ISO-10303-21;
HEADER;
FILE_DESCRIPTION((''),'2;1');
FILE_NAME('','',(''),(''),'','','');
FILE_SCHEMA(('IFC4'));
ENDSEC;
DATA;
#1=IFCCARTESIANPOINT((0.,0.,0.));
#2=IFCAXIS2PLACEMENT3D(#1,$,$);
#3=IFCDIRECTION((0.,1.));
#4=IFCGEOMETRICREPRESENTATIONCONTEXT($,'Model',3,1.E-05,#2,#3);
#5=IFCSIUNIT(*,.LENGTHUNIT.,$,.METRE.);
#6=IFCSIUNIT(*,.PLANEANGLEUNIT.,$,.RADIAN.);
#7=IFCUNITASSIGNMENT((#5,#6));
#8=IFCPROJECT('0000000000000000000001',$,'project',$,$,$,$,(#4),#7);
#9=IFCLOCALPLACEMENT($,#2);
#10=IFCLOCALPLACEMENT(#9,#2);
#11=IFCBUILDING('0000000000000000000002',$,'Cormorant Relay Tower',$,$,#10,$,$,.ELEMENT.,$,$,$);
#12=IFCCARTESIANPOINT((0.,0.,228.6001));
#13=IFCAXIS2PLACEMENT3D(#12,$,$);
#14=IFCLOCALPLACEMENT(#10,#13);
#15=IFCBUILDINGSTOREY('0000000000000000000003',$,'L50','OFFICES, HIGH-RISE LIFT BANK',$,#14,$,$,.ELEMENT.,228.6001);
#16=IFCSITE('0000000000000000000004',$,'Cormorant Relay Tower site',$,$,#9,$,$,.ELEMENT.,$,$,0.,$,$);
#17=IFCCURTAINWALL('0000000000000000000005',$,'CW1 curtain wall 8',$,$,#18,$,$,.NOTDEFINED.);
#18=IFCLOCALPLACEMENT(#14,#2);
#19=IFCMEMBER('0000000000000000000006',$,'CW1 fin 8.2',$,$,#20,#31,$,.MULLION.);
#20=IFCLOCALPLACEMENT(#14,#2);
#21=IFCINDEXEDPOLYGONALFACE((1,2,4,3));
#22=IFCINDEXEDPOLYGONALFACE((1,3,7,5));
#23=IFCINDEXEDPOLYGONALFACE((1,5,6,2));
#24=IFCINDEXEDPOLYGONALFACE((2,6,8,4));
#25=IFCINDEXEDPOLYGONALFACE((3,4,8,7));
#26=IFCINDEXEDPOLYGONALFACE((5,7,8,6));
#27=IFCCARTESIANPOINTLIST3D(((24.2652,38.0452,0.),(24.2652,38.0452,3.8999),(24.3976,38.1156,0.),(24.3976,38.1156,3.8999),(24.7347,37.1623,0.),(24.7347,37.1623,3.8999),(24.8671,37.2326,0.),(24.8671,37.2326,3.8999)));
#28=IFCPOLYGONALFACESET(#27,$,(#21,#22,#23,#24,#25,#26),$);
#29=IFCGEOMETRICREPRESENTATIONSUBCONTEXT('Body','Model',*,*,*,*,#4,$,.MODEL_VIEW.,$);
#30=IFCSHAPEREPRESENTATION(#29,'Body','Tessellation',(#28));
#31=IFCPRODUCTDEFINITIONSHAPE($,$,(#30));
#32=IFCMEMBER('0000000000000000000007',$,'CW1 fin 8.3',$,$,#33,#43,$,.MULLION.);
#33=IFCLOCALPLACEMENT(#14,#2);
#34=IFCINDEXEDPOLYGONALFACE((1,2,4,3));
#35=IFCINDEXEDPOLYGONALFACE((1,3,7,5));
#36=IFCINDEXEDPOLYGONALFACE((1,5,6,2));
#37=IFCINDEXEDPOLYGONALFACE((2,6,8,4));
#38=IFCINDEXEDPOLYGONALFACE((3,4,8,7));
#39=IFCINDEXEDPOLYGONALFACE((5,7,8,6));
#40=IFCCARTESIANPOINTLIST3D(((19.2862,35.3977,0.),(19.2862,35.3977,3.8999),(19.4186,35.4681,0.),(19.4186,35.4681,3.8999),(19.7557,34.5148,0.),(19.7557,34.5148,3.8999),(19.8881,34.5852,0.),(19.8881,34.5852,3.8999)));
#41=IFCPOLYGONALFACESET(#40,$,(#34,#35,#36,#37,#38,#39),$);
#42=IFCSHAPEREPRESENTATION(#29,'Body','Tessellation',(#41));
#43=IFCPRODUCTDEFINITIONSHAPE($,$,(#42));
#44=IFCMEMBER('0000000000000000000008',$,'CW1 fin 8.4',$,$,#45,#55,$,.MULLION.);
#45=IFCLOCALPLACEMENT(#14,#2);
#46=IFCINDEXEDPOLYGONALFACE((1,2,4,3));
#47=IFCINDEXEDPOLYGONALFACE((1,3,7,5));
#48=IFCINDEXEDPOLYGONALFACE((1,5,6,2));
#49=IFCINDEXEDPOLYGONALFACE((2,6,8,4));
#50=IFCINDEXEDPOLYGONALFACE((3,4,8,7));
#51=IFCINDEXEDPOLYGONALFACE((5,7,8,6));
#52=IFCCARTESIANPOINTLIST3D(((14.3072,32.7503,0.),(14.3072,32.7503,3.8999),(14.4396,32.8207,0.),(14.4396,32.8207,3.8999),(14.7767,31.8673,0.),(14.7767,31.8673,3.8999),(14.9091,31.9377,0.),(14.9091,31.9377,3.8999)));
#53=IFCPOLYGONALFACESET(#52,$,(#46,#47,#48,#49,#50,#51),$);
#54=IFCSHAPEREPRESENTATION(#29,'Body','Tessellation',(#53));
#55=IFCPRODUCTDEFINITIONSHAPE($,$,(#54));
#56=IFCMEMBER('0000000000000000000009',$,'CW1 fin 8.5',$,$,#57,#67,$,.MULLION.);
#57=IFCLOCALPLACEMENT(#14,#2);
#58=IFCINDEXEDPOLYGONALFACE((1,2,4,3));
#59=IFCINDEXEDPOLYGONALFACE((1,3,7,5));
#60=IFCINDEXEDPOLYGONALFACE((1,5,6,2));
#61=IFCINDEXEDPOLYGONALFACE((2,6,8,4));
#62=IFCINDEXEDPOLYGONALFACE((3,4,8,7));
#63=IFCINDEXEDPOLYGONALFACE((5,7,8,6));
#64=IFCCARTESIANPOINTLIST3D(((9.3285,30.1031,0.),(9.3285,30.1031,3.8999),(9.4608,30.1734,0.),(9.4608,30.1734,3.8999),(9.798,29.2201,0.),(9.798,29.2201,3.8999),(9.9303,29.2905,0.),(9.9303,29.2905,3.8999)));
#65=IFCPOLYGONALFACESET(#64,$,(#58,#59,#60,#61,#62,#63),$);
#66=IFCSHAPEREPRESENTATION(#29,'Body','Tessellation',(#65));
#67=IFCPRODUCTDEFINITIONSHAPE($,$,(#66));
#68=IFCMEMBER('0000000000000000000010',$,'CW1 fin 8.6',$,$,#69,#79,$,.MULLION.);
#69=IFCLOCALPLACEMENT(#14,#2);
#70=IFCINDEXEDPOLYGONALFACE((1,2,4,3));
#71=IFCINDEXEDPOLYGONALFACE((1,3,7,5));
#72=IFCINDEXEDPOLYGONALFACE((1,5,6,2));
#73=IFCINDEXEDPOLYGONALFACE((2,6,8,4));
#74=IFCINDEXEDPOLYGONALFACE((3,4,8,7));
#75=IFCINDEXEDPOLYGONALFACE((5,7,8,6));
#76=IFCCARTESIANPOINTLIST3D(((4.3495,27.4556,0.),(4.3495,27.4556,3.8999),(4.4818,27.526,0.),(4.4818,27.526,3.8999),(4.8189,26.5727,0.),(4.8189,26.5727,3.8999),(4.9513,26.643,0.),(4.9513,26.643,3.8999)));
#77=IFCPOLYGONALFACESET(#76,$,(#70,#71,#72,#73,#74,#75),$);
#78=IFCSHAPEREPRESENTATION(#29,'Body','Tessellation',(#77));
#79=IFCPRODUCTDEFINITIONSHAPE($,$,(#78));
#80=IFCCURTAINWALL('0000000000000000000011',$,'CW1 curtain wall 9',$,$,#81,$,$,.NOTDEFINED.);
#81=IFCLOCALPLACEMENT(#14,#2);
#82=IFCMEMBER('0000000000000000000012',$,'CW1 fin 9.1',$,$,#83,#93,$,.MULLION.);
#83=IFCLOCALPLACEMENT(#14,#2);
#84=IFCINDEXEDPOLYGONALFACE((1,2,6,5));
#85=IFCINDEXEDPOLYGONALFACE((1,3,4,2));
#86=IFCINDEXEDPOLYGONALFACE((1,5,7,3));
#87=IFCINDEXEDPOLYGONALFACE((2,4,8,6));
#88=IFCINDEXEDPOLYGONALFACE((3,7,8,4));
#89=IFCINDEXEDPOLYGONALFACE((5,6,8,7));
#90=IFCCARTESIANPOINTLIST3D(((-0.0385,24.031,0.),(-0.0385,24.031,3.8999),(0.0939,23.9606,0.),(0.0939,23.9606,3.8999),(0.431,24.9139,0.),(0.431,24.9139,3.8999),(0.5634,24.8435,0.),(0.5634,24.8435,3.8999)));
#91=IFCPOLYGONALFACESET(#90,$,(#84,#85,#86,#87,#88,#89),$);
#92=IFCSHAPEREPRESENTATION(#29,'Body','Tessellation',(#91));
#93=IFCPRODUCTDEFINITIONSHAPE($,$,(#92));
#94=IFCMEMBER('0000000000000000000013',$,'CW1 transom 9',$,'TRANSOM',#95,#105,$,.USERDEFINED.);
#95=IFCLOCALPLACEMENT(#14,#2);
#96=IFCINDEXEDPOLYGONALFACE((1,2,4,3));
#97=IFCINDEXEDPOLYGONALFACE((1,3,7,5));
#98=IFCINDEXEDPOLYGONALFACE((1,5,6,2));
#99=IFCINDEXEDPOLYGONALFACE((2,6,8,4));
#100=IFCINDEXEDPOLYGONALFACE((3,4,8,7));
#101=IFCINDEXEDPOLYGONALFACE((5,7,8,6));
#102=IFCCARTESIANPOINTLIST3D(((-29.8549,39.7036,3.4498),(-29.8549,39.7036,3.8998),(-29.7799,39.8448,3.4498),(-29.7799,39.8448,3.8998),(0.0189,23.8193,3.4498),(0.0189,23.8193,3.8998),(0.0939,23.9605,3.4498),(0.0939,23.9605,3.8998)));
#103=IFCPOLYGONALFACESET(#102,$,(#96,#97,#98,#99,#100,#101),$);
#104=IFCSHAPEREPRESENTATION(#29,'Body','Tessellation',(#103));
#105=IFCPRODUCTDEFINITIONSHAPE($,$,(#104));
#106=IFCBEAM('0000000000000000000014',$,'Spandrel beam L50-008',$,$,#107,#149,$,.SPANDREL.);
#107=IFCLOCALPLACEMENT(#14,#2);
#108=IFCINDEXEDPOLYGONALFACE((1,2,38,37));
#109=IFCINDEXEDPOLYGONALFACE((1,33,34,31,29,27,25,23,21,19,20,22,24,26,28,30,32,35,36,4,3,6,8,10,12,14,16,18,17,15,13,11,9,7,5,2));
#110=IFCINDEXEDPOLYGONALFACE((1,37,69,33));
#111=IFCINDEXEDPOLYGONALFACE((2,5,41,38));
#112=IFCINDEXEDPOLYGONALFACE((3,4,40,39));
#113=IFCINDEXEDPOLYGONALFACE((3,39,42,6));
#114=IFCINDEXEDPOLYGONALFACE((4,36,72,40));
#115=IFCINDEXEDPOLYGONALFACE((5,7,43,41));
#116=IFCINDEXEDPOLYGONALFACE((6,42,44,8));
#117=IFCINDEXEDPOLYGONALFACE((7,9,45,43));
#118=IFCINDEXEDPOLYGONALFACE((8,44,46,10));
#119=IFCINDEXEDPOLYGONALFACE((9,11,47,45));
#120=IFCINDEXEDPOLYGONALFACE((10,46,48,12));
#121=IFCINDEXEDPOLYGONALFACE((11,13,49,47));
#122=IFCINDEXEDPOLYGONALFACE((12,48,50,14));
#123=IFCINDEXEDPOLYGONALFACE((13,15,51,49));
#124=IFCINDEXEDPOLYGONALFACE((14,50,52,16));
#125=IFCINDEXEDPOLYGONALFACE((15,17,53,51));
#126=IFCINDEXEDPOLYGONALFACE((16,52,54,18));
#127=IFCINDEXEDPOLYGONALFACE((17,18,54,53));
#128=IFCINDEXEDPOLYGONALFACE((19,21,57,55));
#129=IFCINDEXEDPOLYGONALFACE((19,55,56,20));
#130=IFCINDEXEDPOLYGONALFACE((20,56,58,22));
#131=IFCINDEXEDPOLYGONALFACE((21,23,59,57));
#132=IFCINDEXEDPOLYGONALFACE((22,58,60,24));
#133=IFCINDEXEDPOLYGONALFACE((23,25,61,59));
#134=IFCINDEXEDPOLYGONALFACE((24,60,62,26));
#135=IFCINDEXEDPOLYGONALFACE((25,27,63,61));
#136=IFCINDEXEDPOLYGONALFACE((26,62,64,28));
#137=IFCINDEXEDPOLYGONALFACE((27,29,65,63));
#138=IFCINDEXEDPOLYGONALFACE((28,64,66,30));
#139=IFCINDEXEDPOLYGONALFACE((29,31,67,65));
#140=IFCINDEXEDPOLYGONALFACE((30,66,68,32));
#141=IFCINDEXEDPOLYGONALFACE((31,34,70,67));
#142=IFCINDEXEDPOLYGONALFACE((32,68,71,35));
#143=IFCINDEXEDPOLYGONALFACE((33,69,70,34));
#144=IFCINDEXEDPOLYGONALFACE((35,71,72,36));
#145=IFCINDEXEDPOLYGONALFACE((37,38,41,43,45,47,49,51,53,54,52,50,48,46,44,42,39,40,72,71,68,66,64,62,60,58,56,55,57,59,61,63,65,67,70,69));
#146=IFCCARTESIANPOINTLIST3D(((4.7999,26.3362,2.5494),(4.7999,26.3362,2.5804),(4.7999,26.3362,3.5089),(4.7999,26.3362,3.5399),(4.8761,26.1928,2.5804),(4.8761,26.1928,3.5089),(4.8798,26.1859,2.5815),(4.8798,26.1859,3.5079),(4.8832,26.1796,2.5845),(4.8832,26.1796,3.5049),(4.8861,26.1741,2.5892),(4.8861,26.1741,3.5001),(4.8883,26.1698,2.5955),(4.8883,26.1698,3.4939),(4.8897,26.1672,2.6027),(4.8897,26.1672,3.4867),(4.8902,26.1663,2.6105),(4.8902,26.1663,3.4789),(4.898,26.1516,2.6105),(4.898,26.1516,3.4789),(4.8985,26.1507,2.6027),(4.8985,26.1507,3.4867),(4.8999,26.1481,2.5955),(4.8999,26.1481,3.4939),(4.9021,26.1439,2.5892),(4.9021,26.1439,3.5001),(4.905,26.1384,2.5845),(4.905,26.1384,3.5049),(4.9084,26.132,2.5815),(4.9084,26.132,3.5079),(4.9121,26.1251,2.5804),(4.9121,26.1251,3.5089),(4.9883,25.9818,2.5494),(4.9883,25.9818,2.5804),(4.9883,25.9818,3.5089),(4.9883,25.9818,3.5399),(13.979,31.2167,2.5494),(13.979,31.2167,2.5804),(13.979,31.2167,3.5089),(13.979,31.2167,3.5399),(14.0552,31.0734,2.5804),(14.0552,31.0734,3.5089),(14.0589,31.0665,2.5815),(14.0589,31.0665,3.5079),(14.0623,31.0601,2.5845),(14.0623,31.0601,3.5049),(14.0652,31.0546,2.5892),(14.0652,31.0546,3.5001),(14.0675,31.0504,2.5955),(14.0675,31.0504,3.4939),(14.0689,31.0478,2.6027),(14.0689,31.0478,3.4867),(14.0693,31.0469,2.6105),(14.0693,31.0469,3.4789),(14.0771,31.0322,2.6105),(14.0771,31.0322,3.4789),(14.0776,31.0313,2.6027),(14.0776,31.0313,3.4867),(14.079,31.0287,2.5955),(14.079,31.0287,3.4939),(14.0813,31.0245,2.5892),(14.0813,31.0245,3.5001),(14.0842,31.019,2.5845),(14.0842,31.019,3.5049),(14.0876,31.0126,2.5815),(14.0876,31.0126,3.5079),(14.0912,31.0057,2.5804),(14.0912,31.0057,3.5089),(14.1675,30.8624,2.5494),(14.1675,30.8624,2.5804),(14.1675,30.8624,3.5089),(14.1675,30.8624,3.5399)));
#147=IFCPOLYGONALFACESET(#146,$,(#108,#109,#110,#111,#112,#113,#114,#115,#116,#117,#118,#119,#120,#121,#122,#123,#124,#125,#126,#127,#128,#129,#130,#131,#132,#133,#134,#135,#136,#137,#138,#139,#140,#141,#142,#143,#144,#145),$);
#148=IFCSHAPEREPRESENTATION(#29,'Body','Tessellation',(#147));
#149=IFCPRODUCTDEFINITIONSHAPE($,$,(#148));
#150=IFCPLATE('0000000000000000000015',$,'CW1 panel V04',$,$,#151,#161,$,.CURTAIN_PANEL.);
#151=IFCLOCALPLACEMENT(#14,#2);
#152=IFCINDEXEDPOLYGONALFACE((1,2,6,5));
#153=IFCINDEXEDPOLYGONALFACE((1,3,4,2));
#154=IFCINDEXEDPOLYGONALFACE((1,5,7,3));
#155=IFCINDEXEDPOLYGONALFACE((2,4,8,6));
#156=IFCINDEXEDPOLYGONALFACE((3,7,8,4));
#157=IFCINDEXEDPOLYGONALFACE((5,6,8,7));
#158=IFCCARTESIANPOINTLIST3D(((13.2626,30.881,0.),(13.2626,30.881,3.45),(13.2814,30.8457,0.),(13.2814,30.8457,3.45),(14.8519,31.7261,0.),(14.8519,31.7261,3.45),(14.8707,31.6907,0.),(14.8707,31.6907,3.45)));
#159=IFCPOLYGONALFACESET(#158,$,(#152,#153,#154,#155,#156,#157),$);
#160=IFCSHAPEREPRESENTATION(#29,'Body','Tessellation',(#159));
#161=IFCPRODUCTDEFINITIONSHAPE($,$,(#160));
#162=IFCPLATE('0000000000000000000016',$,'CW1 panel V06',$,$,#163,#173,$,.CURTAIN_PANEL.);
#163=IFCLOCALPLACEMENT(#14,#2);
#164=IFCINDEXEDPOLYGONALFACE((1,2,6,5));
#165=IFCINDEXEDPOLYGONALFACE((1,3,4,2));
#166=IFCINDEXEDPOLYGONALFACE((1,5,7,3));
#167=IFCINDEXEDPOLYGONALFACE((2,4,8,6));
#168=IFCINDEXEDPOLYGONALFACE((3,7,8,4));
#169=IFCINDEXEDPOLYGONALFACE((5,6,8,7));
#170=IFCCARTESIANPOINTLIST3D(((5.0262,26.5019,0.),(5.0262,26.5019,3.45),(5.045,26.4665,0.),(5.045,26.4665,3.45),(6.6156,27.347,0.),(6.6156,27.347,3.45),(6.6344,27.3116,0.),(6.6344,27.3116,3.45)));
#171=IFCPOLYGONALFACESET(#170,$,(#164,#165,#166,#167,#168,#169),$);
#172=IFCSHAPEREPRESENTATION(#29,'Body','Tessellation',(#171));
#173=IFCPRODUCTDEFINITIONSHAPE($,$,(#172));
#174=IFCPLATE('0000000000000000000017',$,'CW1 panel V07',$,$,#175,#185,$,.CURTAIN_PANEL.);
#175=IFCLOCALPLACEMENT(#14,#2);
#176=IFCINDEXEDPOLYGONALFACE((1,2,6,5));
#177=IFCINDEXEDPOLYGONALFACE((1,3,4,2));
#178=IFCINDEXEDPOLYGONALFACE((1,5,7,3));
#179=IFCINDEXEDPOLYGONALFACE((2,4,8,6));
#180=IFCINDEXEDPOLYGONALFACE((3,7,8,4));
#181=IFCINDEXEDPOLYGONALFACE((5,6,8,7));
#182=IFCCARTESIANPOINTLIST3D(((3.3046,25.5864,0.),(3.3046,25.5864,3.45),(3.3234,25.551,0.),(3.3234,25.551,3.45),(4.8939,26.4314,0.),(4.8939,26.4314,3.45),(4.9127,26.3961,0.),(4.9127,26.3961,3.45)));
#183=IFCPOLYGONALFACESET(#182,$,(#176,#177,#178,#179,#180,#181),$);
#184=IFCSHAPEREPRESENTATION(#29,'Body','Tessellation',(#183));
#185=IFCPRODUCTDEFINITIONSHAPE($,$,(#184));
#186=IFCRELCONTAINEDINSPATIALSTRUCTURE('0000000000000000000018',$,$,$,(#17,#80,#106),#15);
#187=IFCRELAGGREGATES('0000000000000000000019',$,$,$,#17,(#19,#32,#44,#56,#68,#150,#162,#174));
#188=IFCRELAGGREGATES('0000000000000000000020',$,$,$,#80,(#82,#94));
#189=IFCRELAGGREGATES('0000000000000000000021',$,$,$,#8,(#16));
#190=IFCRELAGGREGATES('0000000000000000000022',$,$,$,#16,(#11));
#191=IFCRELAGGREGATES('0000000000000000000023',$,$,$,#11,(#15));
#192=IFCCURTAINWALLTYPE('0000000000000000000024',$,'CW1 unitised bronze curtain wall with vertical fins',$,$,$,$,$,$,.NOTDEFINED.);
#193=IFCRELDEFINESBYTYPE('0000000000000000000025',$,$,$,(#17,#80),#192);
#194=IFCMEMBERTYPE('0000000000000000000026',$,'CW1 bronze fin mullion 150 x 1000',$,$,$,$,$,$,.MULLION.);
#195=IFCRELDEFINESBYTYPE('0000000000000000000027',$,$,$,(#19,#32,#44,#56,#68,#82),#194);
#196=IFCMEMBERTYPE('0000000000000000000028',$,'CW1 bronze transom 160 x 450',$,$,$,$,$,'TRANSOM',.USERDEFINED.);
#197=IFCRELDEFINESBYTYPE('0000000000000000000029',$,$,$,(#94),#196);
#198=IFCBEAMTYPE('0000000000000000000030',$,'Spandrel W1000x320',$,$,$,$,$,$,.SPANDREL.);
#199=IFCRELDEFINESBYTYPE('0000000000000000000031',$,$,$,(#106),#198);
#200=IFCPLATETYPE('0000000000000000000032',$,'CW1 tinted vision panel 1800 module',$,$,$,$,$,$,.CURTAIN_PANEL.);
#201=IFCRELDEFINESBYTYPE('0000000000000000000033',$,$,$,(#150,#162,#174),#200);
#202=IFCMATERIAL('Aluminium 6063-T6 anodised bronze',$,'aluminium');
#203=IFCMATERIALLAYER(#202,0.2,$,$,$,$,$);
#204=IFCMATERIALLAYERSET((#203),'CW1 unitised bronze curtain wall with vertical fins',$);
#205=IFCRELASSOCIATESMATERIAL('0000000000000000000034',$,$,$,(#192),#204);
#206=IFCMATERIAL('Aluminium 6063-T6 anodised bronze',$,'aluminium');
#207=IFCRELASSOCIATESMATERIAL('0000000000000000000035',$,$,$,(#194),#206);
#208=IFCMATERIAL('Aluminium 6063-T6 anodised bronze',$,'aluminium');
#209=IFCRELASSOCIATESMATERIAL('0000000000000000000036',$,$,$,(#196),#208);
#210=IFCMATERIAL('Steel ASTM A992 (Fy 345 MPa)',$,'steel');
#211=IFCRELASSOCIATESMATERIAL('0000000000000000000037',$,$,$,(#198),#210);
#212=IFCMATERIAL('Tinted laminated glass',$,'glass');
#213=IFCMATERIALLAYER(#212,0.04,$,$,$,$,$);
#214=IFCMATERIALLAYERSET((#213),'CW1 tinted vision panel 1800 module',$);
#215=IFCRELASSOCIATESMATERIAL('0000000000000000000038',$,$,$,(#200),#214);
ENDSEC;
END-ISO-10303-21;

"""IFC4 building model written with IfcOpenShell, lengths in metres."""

from ifc_helpers import new_model, si_unit, direction, frame, origin, origin_2d, place, context, subcontext, project, spatial, rectangle, i_section, extrude, material, layer, layer_set, material_profile, profile_set, type_object, element, aggregate, save


model = new_model("IFC4")

# Units and contexts
model_context = context("Model", 3, precision=1e-05, world=origin(), true_north=direction((0.0, 1.0)))
body_context = subcontext(model_context, "Body", "Model", "MODEL_VIEW")
ifc_project = project(units=[si_unit("LENGTHUNIT", "METRE"), si_unit("PLANEANGLEUNIT", "RADIAN")], contexts=[model_context])

# Site, building, storey
site_placement = place(None, origin())
site = spatial("IfcSite", under=ifc_project, at=site_placement, Name="Cormorant Relay Tower site", CompositionType="ELEMENT", RefElevation=0.0)
building_placement = place(site_placement, origin())
building = spatial("IfcBuilding", under=site, at=building_placement, Name="Cormorant Relay Tower", CompositionType="ELEMENT")
storey_placement = place(building_placement, frame((0.0, 0.0, 228.6001)))
storey = spatial("IfcBuildingStorey", under=building, at=storey_placement, Name="L50", Description="OFFICES, HIGH-RISE LIFT BANK", CompositionType="ELEMENT", Elevation=228.6001)

# Curtain walls, members
ifc_material_1 = material(Name="Aluminium 6063-T6 anodised bronze", Category="aluminium")
ifc_layer_1 = layer(ifc_material_1, 0.2)
ifc_layer_set_1 = layer_set([ifc_layer_1], Name="CW1 unitised bronze curtain wall with vertical fins")
curtain_wall_type = type_object("IfcCurtainWallType", Name="CW1 unitised bronze curtain wall with vertical fins", PredefinedType="NOTDEFINED", material=ifc_layer_set_1)
curtain_wall_1_placement = place(storey_placement, origin())
curtain_wall_1 = element("IfcCurtainWall", 1, at=curtain_wall_1_placement, inside=storey, type_object=curtain_wall_type, Name="CW1 curtain wall 8", PredefinedType="NOTDEFINED")
ifc_material_2 = material(Name="Aluminium 6063-T6 anodised bronze", Category="aluminium")
ifc_material_profile_1 = material_profile(ifc_material_2, rectangle(XDim=0.1499, YDim=1.0, at=origin_2d()), Name="AL 150x1000")
ifc_profile_set_1 = profile_set([ifc_material_profile_1], Name="Aluminium 6063-T6 anodised bronze")
member_type_1 = type_object("IfcMemberType", Name="CW1 bronze fin mullion 150 x 1000", PredefinedType="MULLION", material=ifc_profile_set_1)
member_1_placement = place(storey_placement, frame((24.5662, 37.6389, 0.0), z_axis=(0.0, 0.0, 1.0), x_axis=(-0.882948, -0.469472, 0.0)))
member_1 = element("IfcMember", 2, at=member_1_placement, type_object=member_type_1, Name="CW1 fin 8.2", PredefinedType="MULLION", context=body_context, shape_type="SweptSolid", body=[
    extrude(rectangle(XDim=0.1499, YDim=1.0, at=origin_2d()), origin(), (0.0, 0.0, 1.0), 3.8999),
])
member_2_placement = place(storey_placement, frame((19.5872, 34.9915, 0.0), z_axis=(0.0, 0.0, 1.0), x_axis=(-0.882948, -0.469472, 0.0)))
member_2 = element("IfcMember", 3, at=member_2_placement, type_object=member_type_1, Name="CW1 fin 8.3", PredefinedType="MULLION", context=body_context, shape_type="SweptSolid", body=[
    extrude(rectangle(XDim=0.1499, YDim=1.0, at=origin_2d()), origin(), (0.0, 0.0, 1.0), 3.8999),
])
member_3_placement = place(storey_placement, frame((14.6082, 32.344, 0.0), z_axis=(0.0, 0.0, 1.0), x_axis=(-0.882948, -0.469472, 0.0)))
member_3 = element("IfcMember", 4, at=member_3_placement, type_object=member_type_1, Name="CW1 fin 8.4", PredefinedType="MULLION", context=body_context, shape_type="SweptSolid", body=[
    extrude(rectangle(XDim=0.1499, YDim=1.0, at=origin_2d()), origin(), (0.0, 0.0, 1.0), 3.8999),
])
member_4_placement = place(storey_placement, frame((9.6294, 29.6968, 0.0), z_axis=(0.0, 0.0, 1.0), x_axis=(-0.882948, -0.469472, 0.0)))
member_4 = element("IfcMember", 5, at=member_4_placement, type_object=member_type_1, Name="CW1 fin 8.5", PredefinedType="MULLION", context=body_context, shape_type="SweptSolid", body=[
    extrude(rectangle(XDim=0.1499, YDim=1.0, at=origin_2d()), origin(), (0.0, 0.0, 1.0), 3.8999),
])
member_5_placement = place(storey_placement, frame((4.6504, 27.0493, 0.0), z_axis=(0.0, 0.0, 1.0), x_axis=(-0.882948, -0.469472, 0.0)))
member_5 = element("IfcMember", 6, at=member_5_placement, type_object=member_type_1, Name="CW1 fin 8.6", PredefinedType="MULLION", context=body_context, shape_type="SweptSolid", body=[
    extrude(rectangle(XDim=0.1499, YDim=1.0, at=origin_2d()), origin(), (0.0, 0.0, 1.0), 3.8999),
])
curtain_wall_2_placement = place(storey_placement, origin())
curtain_wall_2 = element("IfcCurtainWall", 7, at=curtain_wall_2_placement, inside=storey, type_object=curtain_wall_type, Name="CW1 curtain wall 9", PredefinedType="NOTDEFINED")
member_6_placement = place(storey_placement, frame((0.2625, 24.4373, 0.0), z_axis=(0.0, 0.0, 1.0), x_axis=(-0.882948, 0.469472, 0.0)))
member_6 = element("IfcMember", 8, at=member_6_placement, type_object=member_type_1, Name="CW1 fin 9.1", PredefinedType="MULLION", context=body_context, shape_type="SweptSolid", body=[
    extrude(rectangle(XDim=0.1499, YDim=1.0, at=origin_2d()), origin(), (0.0, 0.0, 1.0), 3.8999),
])
ifc_material_3 = material(Name="Aluminium 6063-T6 anodised bronze", Category="aluminium")
ifc_material_profile_2 = material_profile(ifc_material_3, rectangle(XDim=0.1599, YDim=0.45, at=origin_2d()), Name="AL 160x450")
ifc_profile_set_2 = profile_set([ifc_material_profile_2], Name="Aluminium 6063-T6 anodised bronze")
member_type_2 = type_object("IfcMemberType", Name="CW1 bronze transom 160 x 450", ElementType="TRANSOM", PredefinedType="USERDEFINED", material=ifc_profile_set_2)
member_7_placement = place(storey_placement, frame((0.0564, 23.8899, 3.6748), z_axis=(-0.882946, 0.469474, 0.0), x_axis=(-0.469474, -0.882946, 0.0)))
member_7 = element("IfcMember", 9, at=member_7_placement, type_object=member_type_2, Name="CW1 transom 9", ObjectType="TRANSOM", PredefinedType="USERDEFINED", context=body_context, shape_type="SweptSolid", body=[
    extrude(rectangle(XDim=0.1599, YDim=0.45, at=origin_2d()), origin(), (0.0, 0.0, 1.0), 33.8342),
])

# Beam
ifc_material_4 = material(Name="Steel ASTM A992 (Fy 345 MPa)", Category="steel")
ifc_material_profile_3 = material_profile(ifc_material_4, i_section(OverallWidth=0.4014, OverallDepth=0.9905, WebThickness=0.0166, FlangeThickness=0.031, FilletRadius=0.03, at=origin_2d()), Name="W1000x320")
ifc_profile_set_3 = profile_set([ifc_material_profile_3], Name="Steel ASTM A992 (Fy 345 MPa)")
beam_type = type_object("IfcBeamType", Name="Spandrel W1000x320", PredefinedType="SPANDREL", material=ifc_profile_set_3)
beam_placement = place(storey_placement, frame((14.0732, 31.0396, 3.0447), z_axis=(-0.88295, -0.469468, 0.0), x_axis=(0.469468, -0.88295, 0.0)))
element("IfcBeam", 10, at=beam_placement, inside=storey, type_object=beam_type, Name="Spandrel beam L50-008", PredefinedType="SPANDREL", context=body_context, shape_type="SweptSolid", body=[
    extrude(i_section(OverallWidth=0.4014, OverallDepth=0.9905, WebThickness=0.0166, FlangeThickness=0.031, FilletRadius=0.03, at=origin_2d()), origin(), (0.0, 0.0, 1.0), 10.396),
])

# Plates
ifc_material_5 = material(Name="Tinted laminated glass", Category="glass")
ifc_layer_2 = layer(ifc_material_5, 0.04)
ifc_layer_set_2 = layer_set([ifc_layer_2], Name="CW1 tinted vision panel 1800 module")
plate_type_1 = type_object("IfcPlateType", Name="CW1 tinted vision panel 1800 module", PredefinedType="CURTAIN_PANEL", material=ifc_layer_set_2)
plate_1_placement = place(storey_placement, frame((14.0667, 31.2859, 0.0), z_axis=(0.0, 0.0, 1.0), x_axis=(-0.882948, -0.469472, 0.0)))
plate_1 = element("IfcPlate", 11, at=plate_1_placement, type_object=plate_type_1, Name="CW1 panel V04", PredefinedType="CURTAIN_PANEL", context=body_context, shape_type="SweptSolid", body=[
    extrude(rectangle(XDim=1.8, YDim=0.04, at=origin_2d()), origin(), (0.0, 0.0, 1.0), 3.45),
])
plate_2_placement = place(storey_placement, frame((5.8303, 26.9067, 0.0), z_axis=(0.0, 0.0, 1.0), x_axis=(-0.882948, -0.469472, 0.0)))
plate_2 = element("IfcPlate", 12, at=plate_2_placement, type_object=plate_type_1, Name="CW1 panel V06", PredefinedType="CURTAIN_PANEL", context=body_context, shape_type="SweptSolid", body=[
    extrude(rectangle(XDim=1.8, YDim=0.04, at=origin_2d()), origin(), (0.0, 0.0, 1.0), 3.45),
])
plate_3_placement = place(storey_placement, frame((4.1086, 25.9912, 0.0), z_axis=(0.0, 0.0, 1.0), x_axis=(-0.882948, -0.469472, 0.0)))
plate_3 = element("IfcPlate", 13, at=plate_3_placement, type_object=plate_type_1, Name="CW1 panel V07", PredefinedType="CURTAIN_PANEL", context=body_context, shape_type="SweptSolid", body=[
    extrude(rectangle(XDim=1.8, YDim=0.04, at=origin_2d()), origin(), (0.0, 0.0, 1.0), 3.45),
])

aggregate(curtain_wall_1, [member_1, member_2, member_3, member_4, member_5, plate_1, plate_2, plate_3])
aggregate(curtain_wall_2, [member_6, member_7])

save(model, "model.ifc")
